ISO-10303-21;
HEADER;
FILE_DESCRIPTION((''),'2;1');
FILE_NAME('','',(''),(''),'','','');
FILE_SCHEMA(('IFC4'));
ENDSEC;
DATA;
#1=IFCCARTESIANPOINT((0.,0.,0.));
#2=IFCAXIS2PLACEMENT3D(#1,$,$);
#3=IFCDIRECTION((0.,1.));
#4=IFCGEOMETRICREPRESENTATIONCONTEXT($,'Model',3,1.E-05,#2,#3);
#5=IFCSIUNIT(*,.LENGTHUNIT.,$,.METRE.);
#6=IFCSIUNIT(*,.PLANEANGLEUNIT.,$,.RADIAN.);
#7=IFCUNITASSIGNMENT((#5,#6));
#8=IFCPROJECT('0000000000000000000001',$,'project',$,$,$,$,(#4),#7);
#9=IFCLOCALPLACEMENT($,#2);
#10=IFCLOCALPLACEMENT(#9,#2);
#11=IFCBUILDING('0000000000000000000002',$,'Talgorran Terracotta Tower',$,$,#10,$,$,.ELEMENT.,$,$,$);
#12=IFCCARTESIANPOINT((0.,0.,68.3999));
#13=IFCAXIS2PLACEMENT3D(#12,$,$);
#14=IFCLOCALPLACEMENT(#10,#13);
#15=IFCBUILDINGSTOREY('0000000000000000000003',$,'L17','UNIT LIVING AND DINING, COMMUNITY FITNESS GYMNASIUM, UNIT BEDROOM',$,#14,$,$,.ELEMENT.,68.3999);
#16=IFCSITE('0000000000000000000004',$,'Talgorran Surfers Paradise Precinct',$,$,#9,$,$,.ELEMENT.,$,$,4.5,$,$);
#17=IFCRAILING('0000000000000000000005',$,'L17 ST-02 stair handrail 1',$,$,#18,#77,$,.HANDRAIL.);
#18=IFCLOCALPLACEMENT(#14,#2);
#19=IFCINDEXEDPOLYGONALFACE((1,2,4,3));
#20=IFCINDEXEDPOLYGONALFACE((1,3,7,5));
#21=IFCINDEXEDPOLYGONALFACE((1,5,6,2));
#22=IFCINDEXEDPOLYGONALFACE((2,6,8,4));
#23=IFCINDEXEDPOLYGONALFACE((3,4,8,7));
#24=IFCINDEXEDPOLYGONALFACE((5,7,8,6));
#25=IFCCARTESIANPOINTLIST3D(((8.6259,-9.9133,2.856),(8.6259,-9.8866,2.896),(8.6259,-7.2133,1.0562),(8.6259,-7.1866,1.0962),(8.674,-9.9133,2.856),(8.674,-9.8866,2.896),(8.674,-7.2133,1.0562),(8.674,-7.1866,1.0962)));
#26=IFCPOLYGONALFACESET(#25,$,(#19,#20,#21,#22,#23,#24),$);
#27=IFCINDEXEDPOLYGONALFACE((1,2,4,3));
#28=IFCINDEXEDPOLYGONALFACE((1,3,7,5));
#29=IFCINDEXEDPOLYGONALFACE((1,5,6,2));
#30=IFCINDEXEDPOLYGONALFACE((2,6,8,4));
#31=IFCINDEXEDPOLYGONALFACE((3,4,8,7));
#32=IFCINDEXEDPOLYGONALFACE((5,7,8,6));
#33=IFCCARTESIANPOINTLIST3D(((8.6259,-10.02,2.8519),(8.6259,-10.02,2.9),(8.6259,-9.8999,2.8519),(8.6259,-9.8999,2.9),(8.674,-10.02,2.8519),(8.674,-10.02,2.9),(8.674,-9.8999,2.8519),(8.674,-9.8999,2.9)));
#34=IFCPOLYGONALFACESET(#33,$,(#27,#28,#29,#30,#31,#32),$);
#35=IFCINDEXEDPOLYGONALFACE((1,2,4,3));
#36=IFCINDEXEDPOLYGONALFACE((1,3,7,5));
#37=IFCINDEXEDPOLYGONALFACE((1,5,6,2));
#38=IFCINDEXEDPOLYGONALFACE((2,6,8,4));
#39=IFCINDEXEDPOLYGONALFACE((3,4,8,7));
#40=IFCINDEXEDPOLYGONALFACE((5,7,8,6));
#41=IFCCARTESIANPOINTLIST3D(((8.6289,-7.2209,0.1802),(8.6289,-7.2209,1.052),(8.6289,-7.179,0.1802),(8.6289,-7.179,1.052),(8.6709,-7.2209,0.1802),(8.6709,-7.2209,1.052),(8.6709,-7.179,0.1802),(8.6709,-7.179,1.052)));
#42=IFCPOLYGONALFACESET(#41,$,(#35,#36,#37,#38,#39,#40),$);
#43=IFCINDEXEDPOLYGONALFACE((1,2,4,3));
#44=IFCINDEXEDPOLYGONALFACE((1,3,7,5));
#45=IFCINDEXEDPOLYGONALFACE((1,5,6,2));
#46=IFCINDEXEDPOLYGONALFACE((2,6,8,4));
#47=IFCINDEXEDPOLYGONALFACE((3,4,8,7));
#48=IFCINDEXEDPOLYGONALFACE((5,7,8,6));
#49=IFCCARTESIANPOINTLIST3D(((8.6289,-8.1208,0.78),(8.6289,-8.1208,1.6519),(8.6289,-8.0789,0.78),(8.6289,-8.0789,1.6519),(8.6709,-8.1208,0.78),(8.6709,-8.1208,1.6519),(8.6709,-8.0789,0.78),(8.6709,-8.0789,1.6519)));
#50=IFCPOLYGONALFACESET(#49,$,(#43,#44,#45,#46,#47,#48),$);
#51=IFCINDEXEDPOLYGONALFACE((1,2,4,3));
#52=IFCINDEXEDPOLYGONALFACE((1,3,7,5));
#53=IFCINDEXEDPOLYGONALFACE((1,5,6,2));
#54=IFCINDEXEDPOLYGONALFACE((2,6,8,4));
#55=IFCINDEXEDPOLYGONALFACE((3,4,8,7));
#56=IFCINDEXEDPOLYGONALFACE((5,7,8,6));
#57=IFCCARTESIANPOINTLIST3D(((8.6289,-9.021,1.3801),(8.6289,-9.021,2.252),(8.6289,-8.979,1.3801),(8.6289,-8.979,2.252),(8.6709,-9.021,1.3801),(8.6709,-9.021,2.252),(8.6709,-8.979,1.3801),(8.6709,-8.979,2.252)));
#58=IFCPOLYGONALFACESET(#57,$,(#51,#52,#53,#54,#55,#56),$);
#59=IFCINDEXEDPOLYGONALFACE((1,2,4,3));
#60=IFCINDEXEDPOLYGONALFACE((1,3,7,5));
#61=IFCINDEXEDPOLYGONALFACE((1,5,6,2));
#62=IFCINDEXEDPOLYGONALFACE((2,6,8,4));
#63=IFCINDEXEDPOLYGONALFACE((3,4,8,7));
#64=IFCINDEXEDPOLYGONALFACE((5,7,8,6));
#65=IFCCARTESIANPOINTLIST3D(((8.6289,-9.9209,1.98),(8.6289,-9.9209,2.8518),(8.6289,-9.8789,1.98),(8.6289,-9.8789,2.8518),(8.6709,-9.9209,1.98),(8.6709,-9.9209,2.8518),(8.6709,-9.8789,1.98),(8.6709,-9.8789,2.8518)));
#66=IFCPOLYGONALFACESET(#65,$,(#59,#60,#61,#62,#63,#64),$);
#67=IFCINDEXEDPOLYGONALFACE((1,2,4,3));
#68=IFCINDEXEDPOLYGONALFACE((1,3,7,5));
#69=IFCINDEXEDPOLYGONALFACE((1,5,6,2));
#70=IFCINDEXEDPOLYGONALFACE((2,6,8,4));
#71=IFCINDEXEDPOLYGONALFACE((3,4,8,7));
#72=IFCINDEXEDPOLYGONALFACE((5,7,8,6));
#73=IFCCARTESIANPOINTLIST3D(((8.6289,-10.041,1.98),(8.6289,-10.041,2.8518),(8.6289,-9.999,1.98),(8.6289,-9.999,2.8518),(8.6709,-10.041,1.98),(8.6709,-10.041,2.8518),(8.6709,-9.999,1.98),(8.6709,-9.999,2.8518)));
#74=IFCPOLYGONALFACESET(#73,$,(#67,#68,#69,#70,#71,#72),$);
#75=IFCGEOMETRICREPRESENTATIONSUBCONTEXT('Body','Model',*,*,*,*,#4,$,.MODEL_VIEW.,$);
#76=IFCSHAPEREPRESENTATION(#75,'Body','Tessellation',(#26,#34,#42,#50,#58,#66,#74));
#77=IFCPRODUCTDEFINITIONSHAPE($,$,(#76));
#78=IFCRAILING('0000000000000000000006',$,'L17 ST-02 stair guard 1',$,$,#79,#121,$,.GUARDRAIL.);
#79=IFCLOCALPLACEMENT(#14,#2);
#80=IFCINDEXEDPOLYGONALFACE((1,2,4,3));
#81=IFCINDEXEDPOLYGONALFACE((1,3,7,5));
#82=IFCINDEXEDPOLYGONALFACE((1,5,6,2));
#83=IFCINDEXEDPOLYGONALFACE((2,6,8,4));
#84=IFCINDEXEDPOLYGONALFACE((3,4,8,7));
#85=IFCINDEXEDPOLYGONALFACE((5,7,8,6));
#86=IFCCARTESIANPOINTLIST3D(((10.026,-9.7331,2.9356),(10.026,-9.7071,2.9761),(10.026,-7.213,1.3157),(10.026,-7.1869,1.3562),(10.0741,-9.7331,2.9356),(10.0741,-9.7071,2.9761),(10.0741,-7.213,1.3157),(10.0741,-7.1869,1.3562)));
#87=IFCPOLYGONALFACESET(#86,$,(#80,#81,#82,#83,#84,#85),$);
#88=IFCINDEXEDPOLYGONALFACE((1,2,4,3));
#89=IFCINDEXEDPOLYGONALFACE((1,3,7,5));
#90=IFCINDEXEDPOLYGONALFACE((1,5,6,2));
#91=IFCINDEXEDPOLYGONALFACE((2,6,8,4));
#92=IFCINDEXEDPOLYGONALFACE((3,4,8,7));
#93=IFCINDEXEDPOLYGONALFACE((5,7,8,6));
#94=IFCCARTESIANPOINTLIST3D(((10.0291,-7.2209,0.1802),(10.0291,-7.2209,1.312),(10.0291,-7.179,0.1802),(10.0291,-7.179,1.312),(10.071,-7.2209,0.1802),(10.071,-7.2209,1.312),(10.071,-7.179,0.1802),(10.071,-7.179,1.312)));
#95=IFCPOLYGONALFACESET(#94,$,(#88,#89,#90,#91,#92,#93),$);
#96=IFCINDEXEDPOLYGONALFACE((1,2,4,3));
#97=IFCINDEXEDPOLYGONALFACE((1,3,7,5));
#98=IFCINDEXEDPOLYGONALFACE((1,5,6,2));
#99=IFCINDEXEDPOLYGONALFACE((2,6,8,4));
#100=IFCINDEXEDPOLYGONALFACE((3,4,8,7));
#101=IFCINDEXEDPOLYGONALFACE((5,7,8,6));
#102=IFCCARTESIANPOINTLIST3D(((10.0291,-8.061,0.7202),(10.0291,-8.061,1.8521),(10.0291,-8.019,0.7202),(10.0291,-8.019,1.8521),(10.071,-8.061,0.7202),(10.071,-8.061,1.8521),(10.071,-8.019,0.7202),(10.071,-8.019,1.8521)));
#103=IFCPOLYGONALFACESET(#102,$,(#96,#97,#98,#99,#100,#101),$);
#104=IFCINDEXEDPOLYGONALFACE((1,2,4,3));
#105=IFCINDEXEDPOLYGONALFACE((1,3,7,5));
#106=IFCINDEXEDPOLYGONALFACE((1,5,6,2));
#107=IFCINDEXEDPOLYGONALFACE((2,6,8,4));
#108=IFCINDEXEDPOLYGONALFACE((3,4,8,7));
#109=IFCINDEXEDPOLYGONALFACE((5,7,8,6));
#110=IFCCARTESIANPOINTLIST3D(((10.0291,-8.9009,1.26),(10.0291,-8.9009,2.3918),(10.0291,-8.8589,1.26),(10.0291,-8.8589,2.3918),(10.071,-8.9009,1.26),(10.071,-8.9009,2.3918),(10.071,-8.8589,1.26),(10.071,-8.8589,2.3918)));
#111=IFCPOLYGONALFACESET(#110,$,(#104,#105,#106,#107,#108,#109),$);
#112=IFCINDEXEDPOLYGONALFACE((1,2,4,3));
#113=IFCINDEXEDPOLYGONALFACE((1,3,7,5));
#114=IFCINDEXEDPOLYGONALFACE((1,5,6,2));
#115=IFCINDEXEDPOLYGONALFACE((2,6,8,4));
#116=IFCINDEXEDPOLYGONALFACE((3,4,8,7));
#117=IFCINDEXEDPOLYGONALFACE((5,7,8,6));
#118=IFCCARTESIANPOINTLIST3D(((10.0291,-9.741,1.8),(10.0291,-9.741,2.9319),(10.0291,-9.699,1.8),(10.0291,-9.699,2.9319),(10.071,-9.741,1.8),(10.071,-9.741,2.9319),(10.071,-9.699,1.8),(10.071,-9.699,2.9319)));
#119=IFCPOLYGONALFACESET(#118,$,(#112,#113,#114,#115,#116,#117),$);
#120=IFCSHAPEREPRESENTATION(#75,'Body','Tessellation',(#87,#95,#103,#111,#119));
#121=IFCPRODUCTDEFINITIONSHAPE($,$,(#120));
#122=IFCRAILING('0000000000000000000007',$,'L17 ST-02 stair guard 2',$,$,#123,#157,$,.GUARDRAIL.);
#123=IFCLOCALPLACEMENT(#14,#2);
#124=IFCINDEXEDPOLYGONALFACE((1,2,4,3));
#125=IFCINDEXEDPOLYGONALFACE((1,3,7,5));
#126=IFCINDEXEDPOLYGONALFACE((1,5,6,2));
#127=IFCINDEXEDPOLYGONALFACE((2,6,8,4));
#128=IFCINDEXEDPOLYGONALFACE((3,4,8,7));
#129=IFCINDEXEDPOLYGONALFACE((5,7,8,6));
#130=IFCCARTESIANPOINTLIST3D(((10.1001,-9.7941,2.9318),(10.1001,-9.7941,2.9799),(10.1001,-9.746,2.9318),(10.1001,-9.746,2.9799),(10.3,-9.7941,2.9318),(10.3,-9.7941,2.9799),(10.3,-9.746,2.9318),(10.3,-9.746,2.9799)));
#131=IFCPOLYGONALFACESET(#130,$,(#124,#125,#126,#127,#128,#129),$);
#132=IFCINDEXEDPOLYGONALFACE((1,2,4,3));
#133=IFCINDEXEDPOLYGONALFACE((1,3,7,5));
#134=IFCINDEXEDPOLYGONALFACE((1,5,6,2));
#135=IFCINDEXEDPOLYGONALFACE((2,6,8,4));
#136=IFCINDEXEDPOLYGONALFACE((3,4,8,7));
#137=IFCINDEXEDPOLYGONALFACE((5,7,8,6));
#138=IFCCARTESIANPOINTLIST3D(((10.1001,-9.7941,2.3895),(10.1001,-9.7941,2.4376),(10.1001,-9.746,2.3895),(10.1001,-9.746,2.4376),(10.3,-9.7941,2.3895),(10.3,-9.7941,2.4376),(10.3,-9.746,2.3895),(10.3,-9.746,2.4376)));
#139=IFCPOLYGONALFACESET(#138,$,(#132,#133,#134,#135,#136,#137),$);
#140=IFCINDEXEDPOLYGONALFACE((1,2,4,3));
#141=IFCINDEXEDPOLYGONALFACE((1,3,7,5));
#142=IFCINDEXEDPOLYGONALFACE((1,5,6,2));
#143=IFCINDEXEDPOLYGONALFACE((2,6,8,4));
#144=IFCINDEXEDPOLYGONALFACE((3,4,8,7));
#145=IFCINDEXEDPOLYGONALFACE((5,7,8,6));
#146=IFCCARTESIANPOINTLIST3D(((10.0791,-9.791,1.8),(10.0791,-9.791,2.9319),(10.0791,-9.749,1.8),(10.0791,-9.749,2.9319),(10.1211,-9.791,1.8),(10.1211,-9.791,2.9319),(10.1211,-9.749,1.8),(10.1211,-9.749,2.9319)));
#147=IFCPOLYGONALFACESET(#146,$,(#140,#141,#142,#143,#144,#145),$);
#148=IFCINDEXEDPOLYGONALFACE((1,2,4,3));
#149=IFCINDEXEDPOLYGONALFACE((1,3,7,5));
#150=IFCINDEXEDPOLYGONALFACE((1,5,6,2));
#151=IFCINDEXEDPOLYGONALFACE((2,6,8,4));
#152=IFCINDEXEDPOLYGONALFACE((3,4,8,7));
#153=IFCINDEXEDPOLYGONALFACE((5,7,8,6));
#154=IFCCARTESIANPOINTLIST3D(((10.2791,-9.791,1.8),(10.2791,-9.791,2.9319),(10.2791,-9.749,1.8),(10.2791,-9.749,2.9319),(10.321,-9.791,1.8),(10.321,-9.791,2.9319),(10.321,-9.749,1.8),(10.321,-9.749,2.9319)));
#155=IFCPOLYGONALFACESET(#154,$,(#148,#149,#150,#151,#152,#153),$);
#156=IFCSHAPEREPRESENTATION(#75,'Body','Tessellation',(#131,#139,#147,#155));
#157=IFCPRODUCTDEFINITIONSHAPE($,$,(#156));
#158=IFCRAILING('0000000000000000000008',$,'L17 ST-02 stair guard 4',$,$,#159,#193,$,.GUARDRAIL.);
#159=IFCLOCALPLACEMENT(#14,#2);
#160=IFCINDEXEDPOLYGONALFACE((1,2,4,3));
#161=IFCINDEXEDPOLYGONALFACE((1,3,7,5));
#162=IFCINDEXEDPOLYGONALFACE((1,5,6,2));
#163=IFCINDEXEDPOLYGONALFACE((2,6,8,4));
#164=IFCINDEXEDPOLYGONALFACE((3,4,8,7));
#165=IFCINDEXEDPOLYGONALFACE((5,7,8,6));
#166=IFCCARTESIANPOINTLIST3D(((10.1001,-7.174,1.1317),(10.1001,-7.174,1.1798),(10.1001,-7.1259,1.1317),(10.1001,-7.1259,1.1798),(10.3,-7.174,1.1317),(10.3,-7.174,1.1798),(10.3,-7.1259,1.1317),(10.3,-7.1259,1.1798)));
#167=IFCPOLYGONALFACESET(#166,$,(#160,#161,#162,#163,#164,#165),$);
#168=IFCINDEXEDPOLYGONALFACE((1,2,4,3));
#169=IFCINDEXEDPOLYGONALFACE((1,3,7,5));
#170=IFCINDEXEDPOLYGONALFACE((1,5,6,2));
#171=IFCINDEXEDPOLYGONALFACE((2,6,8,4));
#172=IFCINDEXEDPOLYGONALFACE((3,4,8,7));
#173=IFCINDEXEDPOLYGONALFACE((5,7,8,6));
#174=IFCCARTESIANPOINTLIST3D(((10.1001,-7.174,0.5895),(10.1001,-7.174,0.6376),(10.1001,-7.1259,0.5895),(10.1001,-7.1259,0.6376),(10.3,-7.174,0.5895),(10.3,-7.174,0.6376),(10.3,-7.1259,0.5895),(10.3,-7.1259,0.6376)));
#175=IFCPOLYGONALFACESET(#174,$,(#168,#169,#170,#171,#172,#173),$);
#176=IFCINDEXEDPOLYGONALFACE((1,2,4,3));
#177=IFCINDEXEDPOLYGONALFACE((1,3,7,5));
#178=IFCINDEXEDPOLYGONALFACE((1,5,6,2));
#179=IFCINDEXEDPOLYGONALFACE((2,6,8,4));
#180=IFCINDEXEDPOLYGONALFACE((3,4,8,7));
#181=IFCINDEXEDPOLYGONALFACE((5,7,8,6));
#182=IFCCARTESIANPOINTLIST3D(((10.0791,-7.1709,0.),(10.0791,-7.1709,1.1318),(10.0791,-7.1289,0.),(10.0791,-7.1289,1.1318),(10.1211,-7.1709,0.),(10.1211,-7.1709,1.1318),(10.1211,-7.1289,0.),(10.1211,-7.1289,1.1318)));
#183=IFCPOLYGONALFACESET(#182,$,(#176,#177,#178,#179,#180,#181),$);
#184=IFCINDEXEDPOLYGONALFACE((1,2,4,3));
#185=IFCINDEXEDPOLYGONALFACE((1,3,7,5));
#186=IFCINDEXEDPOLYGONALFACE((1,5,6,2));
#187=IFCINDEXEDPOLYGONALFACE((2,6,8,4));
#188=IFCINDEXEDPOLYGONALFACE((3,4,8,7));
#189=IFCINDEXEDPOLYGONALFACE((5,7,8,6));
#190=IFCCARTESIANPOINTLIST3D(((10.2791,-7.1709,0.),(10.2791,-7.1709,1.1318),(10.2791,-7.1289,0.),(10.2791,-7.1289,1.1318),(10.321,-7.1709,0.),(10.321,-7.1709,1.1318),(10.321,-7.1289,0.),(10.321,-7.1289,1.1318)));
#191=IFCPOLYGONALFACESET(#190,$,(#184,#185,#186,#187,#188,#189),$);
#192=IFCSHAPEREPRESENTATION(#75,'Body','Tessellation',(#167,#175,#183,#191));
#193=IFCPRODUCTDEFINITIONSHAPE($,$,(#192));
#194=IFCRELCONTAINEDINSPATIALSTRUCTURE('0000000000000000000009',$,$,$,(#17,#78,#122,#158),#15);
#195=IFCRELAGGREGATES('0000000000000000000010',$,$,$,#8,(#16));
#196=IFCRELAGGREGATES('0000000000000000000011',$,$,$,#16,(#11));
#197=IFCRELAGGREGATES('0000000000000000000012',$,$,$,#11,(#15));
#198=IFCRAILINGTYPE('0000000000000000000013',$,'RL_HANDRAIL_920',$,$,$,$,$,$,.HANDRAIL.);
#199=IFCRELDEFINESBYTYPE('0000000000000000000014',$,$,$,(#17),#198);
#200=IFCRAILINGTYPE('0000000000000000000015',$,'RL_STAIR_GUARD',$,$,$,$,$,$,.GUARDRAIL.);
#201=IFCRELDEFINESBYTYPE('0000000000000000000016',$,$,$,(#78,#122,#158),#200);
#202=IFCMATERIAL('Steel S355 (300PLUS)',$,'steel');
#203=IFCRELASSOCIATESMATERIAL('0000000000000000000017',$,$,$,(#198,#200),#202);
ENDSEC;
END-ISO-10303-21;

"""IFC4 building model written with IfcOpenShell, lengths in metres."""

from ifc_helpers import new_model, si_unit, direction, frame, origin, origin_2d, place, context, subcontext, project, spatial, rectangle, extrude, material, type_object, element, save


model = new_model("IFC4")

# Units and contexts
model_context = context("Model", 3, precision=1e-05, world=origin(), true_north=direction((0.0, 1.0)))
body_context = subcontext(model_context, "Body", "Model", "MODEL_VIEW")
ifc_project = project(units=[si_unit("LENGTHUNIT", "METRE"), si_unit("PLANEANGLEUNIT", "RADIAN")], contexts=[model_context])

# Site, building, storey
site_placement = place(None, origin())
site = spatial("IfcSite", under=ifc_project, at=site_placement, Name="Talgorran Surfers Paradise Precinct", CompositionType="ELEMENT", RefElevation=4.5)
building_placement = place(site_placement, origin())
building = spatial("IfcBuilding", under=site, at=building_placement, Name="Talgorran Terracotta Tower", CompositionType="ELEMENT")
storey_placement = place(building_placement, frame((0.0, 0.0, 68.3999)))
storey = spatial("IfcBuildingStorey", under=building, at=storey_placement, Name="L17", Description="UNIT LIVING AND DINING, COMMUNITY FITNESS GYMNASIUM, UNIT BEDROOM", CompositionType="ELEMENT", Elevation=68.3999)

# Shared definitions
ifc_material_1 = material(Name="Steel S355 (300PLUS)", Category="steel")

# Railings
railing_type_1 = type_object("IfcRailingType", Name="RL_HANDRAIL_920", PredefinedType="HANDRAIL", material=ifc_material_1)
railing_1_placement = place(storey_placement, frame((8.6499, -7.2, 0.1802)))
element("IfcRailing", 1, at=railing_1_placement, inside=storey, type_object=railing_type_1, Name="L17 ST-02 stair handrail 1", PredefinedType="HANDRAIL", context=body_context, shape_type="SweptSolid", body=[
    extrude(rectangle(XDim=0.0481, YDim=0.0481, at=origin_2d()), frame((0.0, 0.0, 0.896), z_axis=(0.0, -0.832073, 0.554665), x_axis=(1.0, 0.0, 0.0)), (0.0, 0.0, 1.0), 3.2449),
    extrude(rectangle(XDim=0.0481, YDim=0.0481, at=origin_2d()), frame((0.0, -2.7, 2.6958), z_axis=(0.0, -1.0, 0.0), x_axis=(1.0, 0.0, 0.0)), (0.0, 0.0, 1.0), 0.1201),
    extrude(rectangle(XDim=0.042, YDim=0.042, at=origin_2d()), origin(), (0.0, 0.0, 1.0), 0.8718),
    extrude(rectangle(XDim=0.042, YDim=0.042, at=origin_2d()), frame((0.0, -0.8999, 0.5999)), (0.0, 0.0, 1.0), 0.8718),
    extrude(rectangle(XDim=0.042, YDim=0.042, at=origin_2d()), frame((0.0, -1.8, 1.2)), (0.0, 0.0, 1.0), 0.8718),
    extrude(rectangle(XDim=0.042, YDim=0.042, at=origin_2d()), frame((0.0, -2.7, 1.7998)), (0.0, 0.0, 1.0), 0.8718),
    extrude(rectangle(XDim=0.042, YDim=0.042, at=origin_2d()), frame((0.0, -2.8201, 1.7998)), (0.0, 0.0, 1.0), 0.8718),
])
railing_type_2 = type_object("IfcRailingType", Name="RL_STAIR_GUARD", PredefinedType="GUARDRAIL", material=ifc_material_1)
railing_2_placement = place(storey_placement, frame((10.05, -7.2, 0.1802)))
element("IfcRailing", 2, at=railing_2_placement, inside=storey, type_object=railing_type_2, Name="L17 ST-02 stair guard 1", PredefinedType="GUARDRAIL", context=body_context, shape_type="SweptSolid", body=[
    extrude(rectangle(XDim=0.0481, YDim=0.0481, at=origin_2d()), frame((0.0, 0.0, 1.1558), z_axis=(0.0, -0.8412, 0.540725), x_axis=(1.0, 0.0, 0.0)), (0.0, 0.0, 1.0), 2.9958),
    extrude(rectangle(XDim=0.042, YDim=0.042, at=origin_2d()), origin(), (0.0, 0.0, 1.0), 1.1318),
    extrude(rectangle(XDim=0.042, YDim=0.042, at=origin_2d()), frame((0.0, -0.8401, 0.54)), (0.0, 0.0, 1.0), 1.1318),
    extrude(rectangle(XDim=0.042, YDim=0.042, at=origin_2d()), frame((0.0, -1.6799, 1.0798)), (0.0, 0.0, 1.0), 1.1318),
    extrude(rectangle(XDim=0.042, YDim=0.042, at=origin_2d()), frame((0.0, -2.52, 1.6199)), (0.0, 0.0, 1.0), 1.1318),
])
for number, where, name in (
    (3, (10.1001, -9.77, 1.8), "L17 ST-02 stair guard 2"),
    (4, (10.1001, -7.1499, 0.0), "L17 ST-02 stair guard 4"),
):
    element("IfcRailing", number, at=place(storey_placement, frame(where)), inside=storey, type_object=railing_type_2, Name=name, PredefinedType="GUARDRAIL", context=body_context, shape_type="SweptSolid", body=[
        extrude(rectangle(XDim=0.0481, YDim=0.0481, at=origin_2d()), frame((0.0, 0.0, 1.1558), z_axis=(1.0, 0.0, 0.0), x_axis=(0.0, 1.0, 0.0)), (0.0, 0.0, 1.0), 0.2),
        extrude(rectangle(XDim=0.0481, YDim=0.0481, at=origin_2d()), frame((0.0, 0.0, 0.6135), z_axis=(1.0, 0.0, 0.0), x_axis=(0.0, 1.0, 0.0)), (0.0, 0.0, 1.0), 0.2),
        extrude(rectangle(XDim=0.042, YDim=0.042, at=origin_2d()), origin(), (0.0, 0.0, 1.0), 1.1318),
        extrude(rectangle(XDim=0.042, YDim=0.042, at=origin_2d()), frame((0.2, 0.0, 0.0)), (0.0, 0.0, 1.0), 1.1318),
    ])

save(model, "model.ifc")
